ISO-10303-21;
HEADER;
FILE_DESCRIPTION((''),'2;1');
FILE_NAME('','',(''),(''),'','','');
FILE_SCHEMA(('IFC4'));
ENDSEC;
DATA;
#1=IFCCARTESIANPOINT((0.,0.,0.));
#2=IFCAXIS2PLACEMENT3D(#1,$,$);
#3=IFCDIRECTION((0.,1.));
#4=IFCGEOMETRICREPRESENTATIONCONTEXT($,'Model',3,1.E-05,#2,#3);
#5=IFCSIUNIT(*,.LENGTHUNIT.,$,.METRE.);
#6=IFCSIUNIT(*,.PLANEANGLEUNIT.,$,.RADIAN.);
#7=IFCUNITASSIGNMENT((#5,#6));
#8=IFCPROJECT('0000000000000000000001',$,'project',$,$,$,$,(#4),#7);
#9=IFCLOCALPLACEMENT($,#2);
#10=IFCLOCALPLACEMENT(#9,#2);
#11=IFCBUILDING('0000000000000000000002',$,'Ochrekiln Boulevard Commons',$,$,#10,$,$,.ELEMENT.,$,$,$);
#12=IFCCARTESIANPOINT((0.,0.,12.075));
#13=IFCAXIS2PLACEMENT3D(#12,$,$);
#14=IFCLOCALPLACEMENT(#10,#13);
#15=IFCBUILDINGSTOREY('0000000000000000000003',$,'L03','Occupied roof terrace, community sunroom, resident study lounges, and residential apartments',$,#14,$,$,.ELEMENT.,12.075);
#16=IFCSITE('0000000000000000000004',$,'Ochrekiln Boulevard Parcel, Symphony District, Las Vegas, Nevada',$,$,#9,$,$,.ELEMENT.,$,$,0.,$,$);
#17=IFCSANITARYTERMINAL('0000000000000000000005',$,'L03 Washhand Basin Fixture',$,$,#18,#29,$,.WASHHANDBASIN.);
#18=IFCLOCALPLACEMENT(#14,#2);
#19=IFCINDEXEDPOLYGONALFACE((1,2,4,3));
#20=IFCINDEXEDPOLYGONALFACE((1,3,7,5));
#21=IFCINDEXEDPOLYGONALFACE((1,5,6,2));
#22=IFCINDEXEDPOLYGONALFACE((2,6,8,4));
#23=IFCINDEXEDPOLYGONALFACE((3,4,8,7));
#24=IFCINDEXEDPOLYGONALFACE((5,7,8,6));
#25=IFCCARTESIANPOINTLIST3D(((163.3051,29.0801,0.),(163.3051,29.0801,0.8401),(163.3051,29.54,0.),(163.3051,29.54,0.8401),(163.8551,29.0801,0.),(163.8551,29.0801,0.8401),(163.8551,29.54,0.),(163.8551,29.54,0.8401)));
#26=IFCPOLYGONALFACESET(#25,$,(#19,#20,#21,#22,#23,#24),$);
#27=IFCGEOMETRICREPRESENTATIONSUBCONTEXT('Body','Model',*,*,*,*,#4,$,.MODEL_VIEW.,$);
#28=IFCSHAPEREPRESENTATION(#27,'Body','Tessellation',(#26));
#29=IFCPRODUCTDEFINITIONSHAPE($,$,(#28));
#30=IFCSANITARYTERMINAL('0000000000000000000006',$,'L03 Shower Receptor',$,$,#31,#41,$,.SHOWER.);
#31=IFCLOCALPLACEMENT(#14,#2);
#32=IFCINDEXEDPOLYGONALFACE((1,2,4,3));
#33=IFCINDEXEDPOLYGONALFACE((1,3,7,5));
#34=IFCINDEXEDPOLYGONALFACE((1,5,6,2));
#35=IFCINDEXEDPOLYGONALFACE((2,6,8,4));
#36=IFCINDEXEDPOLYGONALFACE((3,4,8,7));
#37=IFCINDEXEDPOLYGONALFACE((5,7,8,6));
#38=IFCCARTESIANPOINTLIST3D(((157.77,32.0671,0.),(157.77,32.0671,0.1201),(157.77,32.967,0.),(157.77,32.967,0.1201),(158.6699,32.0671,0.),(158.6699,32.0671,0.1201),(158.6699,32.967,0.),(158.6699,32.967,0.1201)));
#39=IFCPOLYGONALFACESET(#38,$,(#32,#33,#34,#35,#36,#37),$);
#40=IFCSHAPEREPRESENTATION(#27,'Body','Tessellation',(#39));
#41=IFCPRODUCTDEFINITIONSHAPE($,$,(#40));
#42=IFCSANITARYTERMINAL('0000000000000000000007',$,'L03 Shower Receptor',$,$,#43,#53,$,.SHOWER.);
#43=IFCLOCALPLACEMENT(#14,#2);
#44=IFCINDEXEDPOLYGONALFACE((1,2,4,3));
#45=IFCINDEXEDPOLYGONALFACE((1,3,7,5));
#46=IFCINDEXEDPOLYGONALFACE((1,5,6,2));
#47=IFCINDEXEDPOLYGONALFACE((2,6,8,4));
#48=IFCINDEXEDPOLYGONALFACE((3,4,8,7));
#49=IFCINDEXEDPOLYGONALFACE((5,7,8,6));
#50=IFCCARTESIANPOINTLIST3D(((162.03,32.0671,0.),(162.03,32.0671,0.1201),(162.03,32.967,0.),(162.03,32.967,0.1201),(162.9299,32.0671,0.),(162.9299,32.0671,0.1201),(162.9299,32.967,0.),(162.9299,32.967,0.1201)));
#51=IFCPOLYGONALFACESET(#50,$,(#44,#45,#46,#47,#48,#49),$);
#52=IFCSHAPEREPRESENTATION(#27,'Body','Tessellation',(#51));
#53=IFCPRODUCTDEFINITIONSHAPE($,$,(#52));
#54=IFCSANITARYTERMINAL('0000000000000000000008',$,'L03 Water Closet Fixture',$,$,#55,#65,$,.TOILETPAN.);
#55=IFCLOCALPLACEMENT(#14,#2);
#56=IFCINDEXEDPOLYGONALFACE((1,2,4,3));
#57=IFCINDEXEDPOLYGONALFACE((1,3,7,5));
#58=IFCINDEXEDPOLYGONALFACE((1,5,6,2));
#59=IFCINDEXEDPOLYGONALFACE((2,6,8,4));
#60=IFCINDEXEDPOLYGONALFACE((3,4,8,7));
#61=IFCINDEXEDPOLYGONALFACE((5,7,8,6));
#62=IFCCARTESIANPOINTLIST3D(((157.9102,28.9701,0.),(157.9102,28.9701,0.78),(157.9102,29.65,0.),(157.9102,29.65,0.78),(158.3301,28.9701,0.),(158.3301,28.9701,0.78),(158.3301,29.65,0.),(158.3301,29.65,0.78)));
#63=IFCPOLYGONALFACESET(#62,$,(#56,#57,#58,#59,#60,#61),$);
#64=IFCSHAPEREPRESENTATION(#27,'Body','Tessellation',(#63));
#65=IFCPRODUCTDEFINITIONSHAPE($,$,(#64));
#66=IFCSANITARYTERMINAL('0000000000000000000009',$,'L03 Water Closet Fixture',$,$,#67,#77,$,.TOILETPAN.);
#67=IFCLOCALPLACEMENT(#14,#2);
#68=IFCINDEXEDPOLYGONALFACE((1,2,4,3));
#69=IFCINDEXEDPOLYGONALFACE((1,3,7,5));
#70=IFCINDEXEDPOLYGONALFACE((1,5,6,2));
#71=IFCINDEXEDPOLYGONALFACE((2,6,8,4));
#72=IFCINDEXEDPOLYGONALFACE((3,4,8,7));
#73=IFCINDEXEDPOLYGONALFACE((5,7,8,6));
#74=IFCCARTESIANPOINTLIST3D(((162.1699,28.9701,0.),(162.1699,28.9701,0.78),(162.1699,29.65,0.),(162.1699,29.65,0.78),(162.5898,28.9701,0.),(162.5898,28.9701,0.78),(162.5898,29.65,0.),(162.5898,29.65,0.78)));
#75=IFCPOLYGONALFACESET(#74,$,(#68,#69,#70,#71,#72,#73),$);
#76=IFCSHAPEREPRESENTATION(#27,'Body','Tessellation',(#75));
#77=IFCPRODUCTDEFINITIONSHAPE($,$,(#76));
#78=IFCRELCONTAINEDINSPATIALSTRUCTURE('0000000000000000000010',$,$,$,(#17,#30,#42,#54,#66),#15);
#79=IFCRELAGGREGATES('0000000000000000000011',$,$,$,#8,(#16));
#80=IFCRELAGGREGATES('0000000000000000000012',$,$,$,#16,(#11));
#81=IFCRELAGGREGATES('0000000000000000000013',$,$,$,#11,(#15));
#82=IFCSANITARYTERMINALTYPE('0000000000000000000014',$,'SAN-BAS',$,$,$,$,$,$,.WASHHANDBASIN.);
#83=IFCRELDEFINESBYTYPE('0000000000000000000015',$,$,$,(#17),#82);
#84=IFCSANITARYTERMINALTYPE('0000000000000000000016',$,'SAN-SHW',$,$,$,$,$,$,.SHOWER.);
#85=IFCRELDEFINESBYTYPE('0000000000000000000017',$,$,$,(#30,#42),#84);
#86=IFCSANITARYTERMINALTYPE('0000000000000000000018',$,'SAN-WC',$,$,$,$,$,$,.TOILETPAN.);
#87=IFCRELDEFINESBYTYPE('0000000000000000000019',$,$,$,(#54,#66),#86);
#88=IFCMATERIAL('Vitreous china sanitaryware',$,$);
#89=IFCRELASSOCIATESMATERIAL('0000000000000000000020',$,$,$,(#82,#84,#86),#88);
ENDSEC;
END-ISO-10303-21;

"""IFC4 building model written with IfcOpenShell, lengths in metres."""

from ifc_helpers import new_model, si_unit, direction, frame, origin, origin_2d, place, context, subcontext, project, spatial, rectangle, extrude, material, type_object, element, save


model = new_model("IFC4")

# Units and contexts
model_context = context("Model", 3, precision=1e-05, world=origin(), true_north=direction((0.0, 1.0)))
body_context = subcontext(model_context, "Body", "Model", "MODEL_VIEW")
ifc_project = project(units=[si_unit("LENGTHUNIT", "METRE"), si_unit("PLANEANGLEUNIT", "RADIAN")], contexts=[model_context])

# Site, building, storey
site_placement = place(None, origin())
site = spatial("IfcSite", under=ifc_project, at=site_placement, Name="Ochrekiln Boulevard Parcel, Symphony District, Las Vegas, Nevada", CompositionType="ELEMENT", RefElevation=0.0)
building_placement = place(site_placement, origin())
building = spatial("IfcBuilding", under=site, at=building_placement, Name="Ochrekiln Boulevard Commons", CompositionType="ELEMENT")
storey_placement = place(building_placement, frame((0.0, 0.0, 12.075)))
storey = spatial("IfcBuildingStorey", under=building, at=storey_placement, Name="L03", Description="Occupied roof terrace, community sunroom, resident study lounges, and residential apartments", CompositionType="ELEMENT", Elevation=12.075)

# Sanitary terminals
ifc_material_1 = material(Name="Vitreous china sanitaryware")
sanitary_terminal_type_1 = type_object("IfcSanitaryTerminalType", Name="SAN-BAS", PredefinedType="WASHHANDBASIN", material=ifc_material_1)
for number, where, z_axis, x_axis, name in (
    (1, (163.5801, 29.3101, 0.0), (0.0, 0.0, 1.0), (1.0, 0.0, 0.0), "L03 Washhand Basin Fixture"),
):
    element("IfcSanitaryTerminal", number, at=place(storey_placement, frame(where, z_axis=z_axis, x_axis=x_axis)), inside=storey, type_object=sanitary_terminal_type_1, Name=name, PredefinedType="WASHHANDBASIN", context=body_context, shape_type="SweptSolid", body=[
        extrude(rectangle(XDim=0.55, YDim=0.46, at=origin_2d()), origin(), (0.0, 0.0, 1.0), 0.8401),
    ])
sanitary_terminal_type_2 = type_object("IfcSanitaryTerminalType", Name="SAN-SHW", PredefinedType="SHOWER", material=ifc_material_1)
for number, where, z_axis, x_axis, name in (
    (2, (158.22, 32.5171, 0.0), (0.0, 0.0, 1.0), (1.0, 0.0, 0.0), "L03 Shower Receptor"),
    (3, (162.48, 32.5171, 0.0), (0.0, 0.0, 1.0), (1.0, 0.0, 0.0), "L03 Shower Receptor"),
):
    element("IfcSanitaryTerminal", number, at=place(storey_placement, frame(where, z_axis=z_axis, x_axis=x_axis)), inside=storey, type_object=sanitary_terminal_type_2, Name=name, PredefinedType="SHOWER", context=body_context, shape_type="SweptSolid", body=[
        extrude(rectangle(XDim=0.8999, YDim=0.8999, at=origin_2d()), origin(), (0.0, 0.0, 1.0), 0.1201),
    ])
sanitary_terminal_type_3 = type_object("IfcSanitaryTerminalType", Name="SAN-WC", PredefinedType="TOILETPAN", material=ifc_material_1)
for number, where, z_axis, x_axis, name in (
    (4, (158.1201, 29.3101, 0.0), (0.0, 0.0, 1.0), (1.0, 0.0, 0.0), "L03 Water Closet Fixture"),
    (5, (162.3799, 29.3101, 0.0), (0.0, 0.0, 1.0), (1.0, 0.0, 0.0), "L03 Water Closet Fixture"),
):
    element("IfcSanitaryTerminal", number, at=place(storey_placement, frame(where, z_axis=z_axis, x_axis=x_axis)), inside=storey, type_object=sanitary_terminal_type_3, Name=name, PredefinedType="TOILETPAN", context=body_context, shape_type="SweptSolid", body=[
        extrude(rectangle(XDim=0.4199, YDim=0.6799, at=origin_2d()), origin(), (0.0, 0.0, 1.0), 0.78),
    ])

save(model, "model.ifc")
